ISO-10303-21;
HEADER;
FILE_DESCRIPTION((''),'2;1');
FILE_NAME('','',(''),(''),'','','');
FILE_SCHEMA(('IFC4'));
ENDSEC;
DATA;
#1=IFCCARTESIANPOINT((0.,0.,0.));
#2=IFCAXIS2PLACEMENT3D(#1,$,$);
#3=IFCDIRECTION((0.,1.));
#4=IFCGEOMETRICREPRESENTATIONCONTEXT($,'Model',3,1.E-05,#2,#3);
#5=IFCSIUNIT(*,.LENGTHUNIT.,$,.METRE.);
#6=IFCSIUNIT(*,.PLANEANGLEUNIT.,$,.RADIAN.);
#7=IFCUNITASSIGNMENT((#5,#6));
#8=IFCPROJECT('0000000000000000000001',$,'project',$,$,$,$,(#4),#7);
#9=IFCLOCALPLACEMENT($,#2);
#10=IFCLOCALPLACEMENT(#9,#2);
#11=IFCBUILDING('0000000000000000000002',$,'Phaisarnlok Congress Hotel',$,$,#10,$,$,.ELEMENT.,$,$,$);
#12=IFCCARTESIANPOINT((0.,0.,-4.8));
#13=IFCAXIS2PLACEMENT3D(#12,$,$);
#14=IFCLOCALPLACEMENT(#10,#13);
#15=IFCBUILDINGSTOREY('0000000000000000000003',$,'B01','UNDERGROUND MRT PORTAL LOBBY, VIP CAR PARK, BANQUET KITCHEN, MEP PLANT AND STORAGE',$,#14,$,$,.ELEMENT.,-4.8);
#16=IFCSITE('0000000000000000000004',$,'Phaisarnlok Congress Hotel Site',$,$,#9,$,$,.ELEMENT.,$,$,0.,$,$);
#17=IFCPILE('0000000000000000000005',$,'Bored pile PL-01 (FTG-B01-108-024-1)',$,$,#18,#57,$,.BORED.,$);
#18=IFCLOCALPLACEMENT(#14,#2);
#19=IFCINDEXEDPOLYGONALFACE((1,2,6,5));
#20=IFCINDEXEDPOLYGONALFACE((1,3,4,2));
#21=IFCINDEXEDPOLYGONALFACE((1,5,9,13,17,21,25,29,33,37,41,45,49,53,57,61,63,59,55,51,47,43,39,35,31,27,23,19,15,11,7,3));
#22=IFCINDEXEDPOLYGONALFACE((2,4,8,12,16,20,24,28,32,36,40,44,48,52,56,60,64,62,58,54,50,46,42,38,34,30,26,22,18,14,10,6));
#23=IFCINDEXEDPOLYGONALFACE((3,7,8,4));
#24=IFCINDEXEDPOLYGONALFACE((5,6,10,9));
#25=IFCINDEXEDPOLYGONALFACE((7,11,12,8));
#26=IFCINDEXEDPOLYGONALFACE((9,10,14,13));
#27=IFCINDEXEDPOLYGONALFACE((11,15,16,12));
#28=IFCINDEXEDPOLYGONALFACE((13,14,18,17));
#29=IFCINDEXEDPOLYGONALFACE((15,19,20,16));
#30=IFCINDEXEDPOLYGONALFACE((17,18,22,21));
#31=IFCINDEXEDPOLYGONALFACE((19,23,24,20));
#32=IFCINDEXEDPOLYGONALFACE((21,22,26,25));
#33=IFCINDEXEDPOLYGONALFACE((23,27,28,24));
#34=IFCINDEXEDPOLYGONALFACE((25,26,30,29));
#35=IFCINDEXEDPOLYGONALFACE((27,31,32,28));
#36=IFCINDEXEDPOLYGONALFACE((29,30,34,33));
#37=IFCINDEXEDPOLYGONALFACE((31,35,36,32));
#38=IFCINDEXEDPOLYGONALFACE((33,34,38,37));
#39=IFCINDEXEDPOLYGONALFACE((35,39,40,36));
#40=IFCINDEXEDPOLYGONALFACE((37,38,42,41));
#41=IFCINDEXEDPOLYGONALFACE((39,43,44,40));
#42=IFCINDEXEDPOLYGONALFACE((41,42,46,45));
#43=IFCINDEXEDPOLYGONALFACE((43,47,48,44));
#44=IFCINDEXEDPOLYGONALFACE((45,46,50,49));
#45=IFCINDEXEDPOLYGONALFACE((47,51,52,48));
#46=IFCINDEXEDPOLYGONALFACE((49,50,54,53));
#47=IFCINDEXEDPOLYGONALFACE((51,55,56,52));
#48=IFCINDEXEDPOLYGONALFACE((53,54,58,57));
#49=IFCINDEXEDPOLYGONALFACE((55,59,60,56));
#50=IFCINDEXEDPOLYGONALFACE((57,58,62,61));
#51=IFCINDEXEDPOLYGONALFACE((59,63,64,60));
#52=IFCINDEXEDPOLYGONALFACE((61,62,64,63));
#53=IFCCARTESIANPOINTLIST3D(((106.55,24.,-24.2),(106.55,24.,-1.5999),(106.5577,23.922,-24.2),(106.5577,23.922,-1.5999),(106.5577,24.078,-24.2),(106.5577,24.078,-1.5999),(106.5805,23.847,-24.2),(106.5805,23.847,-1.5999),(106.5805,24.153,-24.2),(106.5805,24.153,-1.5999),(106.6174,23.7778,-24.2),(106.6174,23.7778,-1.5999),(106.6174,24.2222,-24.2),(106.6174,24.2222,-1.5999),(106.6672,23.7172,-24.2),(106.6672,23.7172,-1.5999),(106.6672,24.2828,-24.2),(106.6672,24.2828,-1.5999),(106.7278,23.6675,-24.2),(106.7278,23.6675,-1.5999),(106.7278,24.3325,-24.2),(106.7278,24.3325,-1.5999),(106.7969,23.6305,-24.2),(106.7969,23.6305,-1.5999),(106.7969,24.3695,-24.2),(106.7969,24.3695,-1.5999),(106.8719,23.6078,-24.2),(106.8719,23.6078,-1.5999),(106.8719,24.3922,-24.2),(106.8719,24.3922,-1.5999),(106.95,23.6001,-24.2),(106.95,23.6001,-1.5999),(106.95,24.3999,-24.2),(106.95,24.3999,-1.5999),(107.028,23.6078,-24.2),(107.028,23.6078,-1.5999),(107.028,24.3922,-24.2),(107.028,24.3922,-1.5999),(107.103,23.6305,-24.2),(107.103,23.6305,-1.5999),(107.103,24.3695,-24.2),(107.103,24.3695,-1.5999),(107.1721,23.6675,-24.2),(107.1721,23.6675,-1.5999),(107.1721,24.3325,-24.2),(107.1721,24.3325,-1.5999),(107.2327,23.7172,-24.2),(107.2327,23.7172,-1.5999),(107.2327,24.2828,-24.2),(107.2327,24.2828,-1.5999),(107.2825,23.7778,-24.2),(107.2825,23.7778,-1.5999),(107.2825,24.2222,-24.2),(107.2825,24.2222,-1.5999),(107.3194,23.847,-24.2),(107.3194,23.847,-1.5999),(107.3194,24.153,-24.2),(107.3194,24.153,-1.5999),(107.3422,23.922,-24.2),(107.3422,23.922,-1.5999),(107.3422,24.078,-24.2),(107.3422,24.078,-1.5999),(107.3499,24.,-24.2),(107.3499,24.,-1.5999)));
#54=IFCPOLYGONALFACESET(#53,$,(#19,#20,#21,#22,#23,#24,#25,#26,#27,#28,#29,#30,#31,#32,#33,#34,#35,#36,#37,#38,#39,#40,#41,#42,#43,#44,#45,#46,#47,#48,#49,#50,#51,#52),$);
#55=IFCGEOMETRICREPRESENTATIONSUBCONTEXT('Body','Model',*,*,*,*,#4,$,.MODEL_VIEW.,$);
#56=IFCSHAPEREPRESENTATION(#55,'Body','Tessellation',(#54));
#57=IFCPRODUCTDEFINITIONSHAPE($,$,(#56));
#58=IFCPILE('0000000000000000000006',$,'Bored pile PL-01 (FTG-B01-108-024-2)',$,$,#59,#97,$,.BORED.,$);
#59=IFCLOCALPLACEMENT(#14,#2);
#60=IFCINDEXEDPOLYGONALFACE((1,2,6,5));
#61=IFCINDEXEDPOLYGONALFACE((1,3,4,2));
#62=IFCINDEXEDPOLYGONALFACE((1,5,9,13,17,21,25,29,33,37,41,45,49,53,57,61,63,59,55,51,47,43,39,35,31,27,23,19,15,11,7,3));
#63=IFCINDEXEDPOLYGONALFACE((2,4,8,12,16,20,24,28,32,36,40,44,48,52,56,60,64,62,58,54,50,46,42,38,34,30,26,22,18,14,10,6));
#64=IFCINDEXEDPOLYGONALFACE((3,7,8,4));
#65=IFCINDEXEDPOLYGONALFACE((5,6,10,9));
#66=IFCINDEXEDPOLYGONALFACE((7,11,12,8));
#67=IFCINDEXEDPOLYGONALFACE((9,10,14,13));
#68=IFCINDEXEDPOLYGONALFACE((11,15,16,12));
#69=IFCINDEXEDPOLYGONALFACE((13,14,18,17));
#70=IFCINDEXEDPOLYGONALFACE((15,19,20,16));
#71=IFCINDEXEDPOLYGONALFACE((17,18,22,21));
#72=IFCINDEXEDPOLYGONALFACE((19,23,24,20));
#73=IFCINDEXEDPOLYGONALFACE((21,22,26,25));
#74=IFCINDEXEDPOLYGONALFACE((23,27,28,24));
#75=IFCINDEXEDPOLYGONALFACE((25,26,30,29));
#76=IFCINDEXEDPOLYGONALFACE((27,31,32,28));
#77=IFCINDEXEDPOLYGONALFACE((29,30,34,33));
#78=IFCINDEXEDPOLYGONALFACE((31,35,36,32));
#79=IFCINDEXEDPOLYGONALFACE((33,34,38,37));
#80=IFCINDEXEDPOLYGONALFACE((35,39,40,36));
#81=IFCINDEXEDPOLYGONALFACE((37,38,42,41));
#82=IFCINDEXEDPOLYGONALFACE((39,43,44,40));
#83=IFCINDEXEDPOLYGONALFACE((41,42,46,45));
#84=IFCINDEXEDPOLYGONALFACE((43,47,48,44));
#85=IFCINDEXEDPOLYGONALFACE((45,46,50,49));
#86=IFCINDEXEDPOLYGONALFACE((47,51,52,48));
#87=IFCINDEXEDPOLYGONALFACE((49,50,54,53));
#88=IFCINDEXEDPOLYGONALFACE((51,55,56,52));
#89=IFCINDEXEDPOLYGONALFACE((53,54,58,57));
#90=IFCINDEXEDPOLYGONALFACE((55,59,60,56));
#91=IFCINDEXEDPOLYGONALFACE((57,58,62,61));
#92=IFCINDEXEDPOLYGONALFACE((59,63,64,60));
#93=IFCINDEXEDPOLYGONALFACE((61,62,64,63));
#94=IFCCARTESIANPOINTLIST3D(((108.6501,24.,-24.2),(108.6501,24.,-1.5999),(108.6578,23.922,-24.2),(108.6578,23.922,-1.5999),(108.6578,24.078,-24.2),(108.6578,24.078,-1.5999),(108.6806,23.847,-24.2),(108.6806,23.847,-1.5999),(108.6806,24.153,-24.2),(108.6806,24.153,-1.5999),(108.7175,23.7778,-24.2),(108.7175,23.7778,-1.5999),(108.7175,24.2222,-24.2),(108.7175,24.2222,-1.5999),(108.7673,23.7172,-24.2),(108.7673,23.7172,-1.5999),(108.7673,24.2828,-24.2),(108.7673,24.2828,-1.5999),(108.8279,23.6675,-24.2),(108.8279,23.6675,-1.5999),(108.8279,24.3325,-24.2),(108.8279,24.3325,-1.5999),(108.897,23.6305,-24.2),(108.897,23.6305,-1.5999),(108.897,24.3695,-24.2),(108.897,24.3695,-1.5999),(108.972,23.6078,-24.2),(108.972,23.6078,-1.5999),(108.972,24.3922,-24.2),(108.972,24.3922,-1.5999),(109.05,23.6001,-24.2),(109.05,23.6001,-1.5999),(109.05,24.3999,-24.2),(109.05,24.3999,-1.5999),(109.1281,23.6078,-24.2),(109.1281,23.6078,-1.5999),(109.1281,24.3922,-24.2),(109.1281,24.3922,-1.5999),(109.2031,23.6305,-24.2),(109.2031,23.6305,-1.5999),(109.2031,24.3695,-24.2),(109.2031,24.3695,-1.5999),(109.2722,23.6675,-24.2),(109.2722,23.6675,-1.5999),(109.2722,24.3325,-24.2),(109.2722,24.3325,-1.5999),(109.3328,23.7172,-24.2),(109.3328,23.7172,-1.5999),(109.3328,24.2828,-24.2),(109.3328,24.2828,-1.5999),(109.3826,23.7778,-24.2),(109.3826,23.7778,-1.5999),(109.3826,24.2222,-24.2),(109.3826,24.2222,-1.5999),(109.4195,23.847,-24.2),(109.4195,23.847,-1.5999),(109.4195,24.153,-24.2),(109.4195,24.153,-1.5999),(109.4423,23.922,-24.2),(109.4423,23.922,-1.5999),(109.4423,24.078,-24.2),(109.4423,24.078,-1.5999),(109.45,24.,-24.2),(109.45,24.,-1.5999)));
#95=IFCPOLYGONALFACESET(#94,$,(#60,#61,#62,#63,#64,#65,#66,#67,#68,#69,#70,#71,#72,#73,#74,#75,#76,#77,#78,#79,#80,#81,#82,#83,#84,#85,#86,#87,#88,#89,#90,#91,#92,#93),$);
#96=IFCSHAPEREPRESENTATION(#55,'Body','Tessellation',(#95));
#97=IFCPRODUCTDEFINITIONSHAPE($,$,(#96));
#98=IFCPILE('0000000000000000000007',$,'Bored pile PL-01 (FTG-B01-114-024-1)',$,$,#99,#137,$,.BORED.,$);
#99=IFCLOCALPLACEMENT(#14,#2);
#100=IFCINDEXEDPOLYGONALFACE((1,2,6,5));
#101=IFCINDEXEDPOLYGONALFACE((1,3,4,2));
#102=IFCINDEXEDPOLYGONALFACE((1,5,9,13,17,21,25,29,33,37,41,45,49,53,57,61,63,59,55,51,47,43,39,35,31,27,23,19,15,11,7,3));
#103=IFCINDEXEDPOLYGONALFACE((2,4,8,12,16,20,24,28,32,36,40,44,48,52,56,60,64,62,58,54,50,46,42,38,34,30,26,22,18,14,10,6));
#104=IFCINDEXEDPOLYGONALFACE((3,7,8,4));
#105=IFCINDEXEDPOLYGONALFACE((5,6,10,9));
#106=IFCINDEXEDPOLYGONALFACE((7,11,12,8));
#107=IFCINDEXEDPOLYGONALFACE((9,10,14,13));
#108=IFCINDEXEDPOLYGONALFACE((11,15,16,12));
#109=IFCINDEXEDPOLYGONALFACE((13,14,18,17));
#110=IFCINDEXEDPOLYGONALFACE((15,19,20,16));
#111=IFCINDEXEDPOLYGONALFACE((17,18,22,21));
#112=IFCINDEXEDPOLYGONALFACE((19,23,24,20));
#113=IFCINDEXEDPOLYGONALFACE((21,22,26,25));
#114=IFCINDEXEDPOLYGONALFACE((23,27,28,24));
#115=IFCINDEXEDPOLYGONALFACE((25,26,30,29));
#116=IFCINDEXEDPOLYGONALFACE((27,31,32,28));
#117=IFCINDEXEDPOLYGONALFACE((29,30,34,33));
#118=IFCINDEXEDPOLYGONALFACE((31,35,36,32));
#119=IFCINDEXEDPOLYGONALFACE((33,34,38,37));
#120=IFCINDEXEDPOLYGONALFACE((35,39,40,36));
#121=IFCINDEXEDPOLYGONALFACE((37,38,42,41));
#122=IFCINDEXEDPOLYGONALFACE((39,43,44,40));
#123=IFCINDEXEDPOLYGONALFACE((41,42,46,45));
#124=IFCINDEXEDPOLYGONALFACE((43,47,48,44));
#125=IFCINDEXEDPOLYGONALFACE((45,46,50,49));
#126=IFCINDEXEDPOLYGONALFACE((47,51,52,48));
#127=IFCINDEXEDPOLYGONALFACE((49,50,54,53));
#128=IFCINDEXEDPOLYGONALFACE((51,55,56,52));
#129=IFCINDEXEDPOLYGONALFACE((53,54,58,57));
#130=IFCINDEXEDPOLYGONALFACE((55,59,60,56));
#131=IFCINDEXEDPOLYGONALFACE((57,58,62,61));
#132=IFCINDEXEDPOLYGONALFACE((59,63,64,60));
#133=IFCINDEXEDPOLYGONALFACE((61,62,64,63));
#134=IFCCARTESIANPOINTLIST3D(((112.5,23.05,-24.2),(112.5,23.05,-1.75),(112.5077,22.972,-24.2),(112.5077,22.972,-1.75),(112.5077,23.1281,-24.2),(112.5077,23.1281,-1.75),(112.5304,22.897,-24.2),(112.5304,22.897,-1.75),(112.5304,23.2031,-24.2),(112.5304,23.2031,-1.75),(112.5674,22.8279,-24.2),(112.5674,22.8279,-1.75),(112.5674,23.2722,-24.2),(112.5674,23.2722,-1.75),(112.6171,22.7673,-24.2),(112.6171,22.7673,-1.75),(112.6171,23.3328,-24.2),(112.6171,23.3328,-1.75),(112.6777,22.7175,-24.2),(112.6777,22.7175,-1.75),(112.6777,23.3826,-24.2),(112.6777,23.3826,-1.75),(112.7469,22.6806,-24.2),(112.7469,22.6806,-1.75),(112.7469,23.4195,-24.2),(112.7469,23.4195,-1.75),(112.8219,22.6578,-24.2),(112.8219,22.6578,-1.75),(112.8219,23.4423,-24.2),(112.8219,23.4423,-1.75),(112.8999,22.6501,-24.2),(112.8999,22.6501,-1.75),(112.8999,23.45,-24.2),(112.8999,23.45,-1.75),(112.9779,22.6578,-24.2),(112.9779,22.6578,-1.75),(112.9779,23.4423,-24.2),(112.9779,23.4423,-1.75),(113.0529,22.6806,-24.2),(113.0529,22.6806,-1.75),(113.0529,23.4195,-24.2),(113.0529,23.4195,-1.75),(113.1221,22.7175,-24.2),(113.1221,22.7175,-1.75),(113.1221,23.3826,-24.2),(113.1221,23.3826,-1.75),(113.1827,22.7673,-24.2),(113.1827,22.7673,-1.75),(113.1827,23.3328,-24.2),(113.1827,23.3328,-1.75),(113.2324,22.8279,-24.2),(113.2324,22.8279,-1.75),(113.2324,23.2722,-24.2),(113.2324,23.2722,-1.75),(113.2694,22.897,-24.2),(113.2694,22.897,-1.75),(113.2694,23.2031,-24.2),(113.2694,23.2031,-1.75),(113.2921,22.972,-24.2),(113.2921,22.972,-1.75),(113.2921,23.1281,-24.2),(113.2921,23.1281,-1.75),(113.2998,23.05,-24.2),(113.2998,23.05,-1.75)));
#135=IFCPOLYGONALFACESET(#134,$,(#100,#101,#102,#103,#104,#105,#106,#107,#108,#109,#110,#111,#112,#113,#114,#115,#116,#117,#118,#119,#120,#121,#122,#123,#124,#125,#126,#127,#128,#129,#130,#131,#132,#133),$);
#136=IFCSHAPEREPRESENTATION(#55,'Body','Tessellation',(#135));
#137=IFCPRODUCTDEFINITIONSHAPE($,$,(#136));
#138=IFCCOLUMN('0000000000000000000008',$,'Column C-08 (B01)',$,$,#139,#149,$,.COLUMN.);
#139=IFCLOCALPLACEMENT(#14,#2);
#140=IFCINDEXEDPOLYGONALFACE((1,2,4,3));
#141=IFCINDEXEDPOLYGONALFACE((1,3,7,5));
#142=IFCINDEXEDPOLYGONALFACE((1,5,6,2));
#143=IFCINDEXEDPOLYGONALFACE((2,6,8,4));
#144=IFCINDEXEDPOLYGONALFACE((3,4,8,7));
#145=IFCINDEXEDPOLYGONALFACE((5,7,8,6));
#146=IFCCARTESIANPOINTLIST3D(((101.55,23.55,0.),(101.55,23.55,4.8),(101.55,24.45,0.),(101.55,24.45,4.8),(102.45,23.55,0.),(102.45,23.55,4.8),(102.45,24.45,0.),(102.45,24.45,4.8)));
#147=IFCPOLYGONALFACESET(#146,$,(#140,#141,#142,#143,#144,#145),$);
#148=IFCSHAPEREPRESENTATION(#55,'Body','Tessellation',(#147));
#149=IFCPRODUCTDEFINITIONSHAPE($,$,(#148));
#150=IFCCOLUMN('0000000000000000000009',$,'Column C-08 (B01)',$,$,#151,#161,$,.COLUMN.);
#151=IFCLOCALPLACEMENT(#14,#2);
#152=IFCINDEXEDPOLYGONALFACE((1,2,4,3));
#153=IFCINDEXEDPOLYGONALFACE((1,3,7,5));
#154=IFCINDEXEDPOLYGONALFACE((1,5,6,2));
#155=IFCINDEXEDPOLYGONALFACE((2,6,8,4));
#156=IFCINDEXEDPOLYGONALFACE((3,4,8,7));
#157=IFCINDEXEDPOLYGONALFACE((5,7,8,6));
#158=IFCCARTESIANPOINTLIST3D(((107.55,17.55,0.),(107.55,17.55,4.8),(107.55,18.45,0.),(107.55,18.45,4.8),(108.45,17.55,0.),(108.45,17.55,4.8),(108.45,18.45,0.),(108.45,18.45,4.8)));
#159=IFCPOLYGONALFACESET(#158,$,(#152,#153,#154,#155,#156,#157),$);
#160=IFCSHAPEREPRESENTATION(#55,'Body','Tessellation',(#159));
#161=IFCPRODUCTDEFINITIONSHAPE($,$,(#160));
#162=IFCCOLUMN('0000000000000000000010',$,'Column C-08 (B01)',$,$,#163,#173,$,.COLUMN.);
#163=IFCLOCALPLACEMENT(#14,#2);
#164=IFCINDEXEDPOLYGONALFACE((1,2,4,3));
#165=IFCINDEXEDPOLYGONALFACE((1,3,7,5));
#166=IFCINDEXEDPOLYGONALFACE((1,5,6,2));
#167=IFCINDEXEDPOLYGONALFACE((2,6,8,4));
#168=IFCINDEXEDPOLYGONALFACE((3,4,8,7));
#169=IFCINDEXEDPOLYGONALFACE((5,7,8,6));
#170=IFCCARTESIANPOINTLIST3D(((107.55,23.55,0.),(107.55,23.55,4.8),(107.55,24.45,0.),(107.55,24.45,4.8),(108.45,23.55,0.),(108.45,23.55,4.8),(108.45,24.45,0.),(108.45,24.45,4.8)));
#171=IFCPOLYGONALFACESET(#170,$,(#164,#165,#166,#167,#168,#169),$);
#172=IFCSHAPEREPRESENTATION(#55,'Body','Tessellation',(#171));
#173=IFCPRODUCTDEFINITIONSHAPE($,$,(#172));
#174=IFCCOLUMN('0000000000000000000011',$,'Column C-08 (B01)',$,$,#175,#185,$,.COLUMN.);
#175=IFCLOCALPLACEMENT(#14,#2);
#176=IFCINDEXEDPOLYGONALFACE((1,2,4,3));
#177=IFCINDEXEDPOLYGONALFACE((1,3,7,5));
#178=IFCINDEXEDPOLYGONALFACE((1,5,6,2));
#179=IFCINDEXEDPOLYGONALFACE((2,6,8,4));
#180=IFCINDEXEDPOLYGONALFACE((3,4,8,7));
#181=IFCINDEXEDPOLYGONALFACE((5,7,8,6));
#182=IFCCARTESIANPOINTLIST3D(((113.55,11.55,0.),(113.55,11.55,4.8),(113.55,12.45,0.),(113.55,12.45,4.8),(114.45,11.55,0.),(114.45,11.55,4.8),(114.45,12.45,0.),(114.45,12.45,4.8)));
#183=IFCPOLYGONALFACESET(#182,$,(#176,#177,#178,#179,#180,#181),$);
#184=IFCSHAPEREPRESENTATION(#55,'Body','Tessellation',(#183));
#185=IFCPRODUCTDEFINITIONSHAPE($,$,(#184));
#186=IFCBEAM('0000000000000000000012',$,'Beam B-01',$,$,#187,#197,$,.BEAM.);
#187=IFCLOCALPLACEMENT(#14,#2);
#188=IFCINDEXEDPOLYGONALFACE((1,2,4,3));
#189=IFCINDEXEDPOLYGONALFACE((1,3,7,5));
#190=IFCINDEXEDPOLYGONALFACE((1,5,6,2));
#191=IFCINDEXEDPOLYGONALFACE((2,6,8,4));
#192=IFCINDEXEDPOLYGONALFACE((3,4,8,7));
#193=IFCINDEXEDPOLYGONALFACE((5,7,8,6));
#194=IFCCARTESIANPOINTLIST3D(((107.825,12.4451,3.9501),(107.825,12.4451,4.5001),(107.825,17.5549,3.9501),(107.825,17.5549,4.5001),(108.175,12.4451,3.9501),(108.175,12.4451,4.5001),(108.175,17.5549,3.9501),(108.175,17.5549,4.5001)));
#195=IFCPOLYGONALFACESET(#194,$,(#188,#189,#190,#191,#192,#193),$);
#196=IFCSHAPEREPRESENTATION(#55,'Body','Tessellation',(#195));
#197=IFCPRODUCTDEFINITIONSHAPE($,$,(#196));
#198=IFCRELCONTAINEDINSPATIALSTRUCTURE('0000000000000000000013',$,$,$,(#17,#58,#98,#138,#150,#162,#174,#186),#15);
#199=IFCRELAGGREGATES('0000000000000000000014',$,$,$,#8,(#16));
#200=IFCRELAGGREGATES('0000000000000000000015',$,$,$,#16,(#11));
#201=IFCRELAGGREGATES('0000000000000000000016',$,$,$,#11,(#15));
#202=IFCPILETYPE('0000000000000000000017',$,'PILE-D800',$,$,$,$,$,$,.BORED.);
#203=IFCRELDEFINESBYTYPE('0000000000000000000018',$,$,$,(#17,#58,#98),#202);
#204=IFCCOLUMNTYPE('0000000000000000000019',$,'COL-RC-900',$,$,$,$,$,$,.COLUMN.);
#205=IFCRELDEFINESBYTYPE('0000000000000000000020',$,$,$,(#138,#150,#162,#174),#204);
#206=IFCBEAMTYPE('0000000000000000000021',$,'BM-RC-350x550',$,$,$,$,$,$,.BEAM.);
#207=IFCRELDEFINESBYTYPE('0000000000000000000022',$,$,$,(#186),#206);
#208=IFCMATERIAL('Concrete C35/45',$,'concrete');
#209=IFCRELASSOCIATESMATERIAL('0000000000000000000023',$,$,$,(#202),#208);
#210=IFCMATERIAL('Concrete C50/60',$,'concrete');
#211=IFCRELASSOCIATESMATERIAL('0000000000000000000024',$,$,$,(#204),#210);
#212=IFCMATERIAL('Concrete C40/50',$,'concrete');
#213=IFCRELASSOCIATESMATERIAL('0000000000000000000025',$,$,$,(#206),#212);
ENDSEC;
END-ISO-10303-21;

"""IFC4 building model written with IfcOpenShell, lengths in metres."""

from ifc_helpers import new_model, si_unit, direction, frame, origin, origin_2d, place, context, subcontext, project, spatial, rectangle, circle, extrude, material, material_profile, profile_set, type_object, element, save


model = new_model("IFC4")

# Units and contexts
model_context = context("Model", 3, precision=1e-05, world=origin(), true_north=direction((0.0, 1.0)))
body_context = subcontext(model_context, "Body", "Model", "MODEL_VIEW")
ifc_project = project(units=[si_unit("LENGTHUNIT", "METRE"), si_unit("PLANEANGLEUNIT", "RADIAN")], contexts=[model_context])

# Site, building, storey
site_placement = place(None, origin())
site = spatial("IfcSite", under=ifc_project, at=site_placement, Name="Phaisarnlok Congress Hotel Site", CompositionType="ELEMENT", RefElevation=0.0)
building_placement = place(site_placement, origin())
building = spatial("IfcBuilding", under=site, at=building_placement, Name="Phaisarnlok Congress Hotel", CompositionType="ELEMENT")
storey_placement = place(building_placement, frame((0.0, 0.0, -4.8)))
storey = spatial("IfcBuildingStorey", under=building, at=storey_placement, Name="B01", Description="UNDERGROUND MRT PORTAL LOBBY, VIP CAR PARK, BANQUET KITCHEN, MEP PLANT AND STORAGE", CompositionType="ELEMENT", Elevation=-4.8)

# Shared definitions
ifc_material_1 = material(Name="Concrete C40/50", Category="concrete")

# Piles
ifc_material_2 = material(Name="Concrete C35/45", Category="concrete")
ifc_material_profile_1 = material_profile(ifc_material_2, circle(Radius=0.3999, at=origin_2d()), Name="BORED PILE D800")
ifc_profile_set_1 = profile_set([ifc_material_profile_1], Name="Concrete C35/45")
pile_type_1 = type_object("IfcPileType", Name="PILE-D800", PredefinedType="BORED", material=ifc_profile_set_1)
for number, where, z_axis, x_axis, name in (
    (1, (106.95, 24.0, -1.5999), (0.0, 0.0, -1.0), (1.0, 0.0, 0.0), "Bored pile PL-01 (FTG-B01-108-024-1)"),
    (2, (109.05, 24.0, -1.5999), (0.0, 0.0, -1.0), (1.0, 0.0, 0.0), "Bored pile PL-01 (FTG-B01-108-024-2)"),
):
    element("IfcPile", number, at=place(storey_placement, frame(where, z_axis=z_axis, x_axis=x_axis)), inside=storey, type_object=pile_type_1, Name=name, PredefinedType="BORED", context=body_context, shape_type="SweptSolid", body=[
        extrude(circle(Radius=0.3999, at=origin_2d()), origin(), (0.0, 0.0, 1.0), 22.6001),
    ])
pile_1_placement = place(storey_placement, frame((112.8999, 23.05, -1.75), z_axis=(0.0, 0.0, -1.0), x_axis=(1.0, 0.0, 0.0)))
element("IfcPile", 3, at=pile_1_placement, inside=storey, type_object=pile_type_1, Name="Bored pile PL-01 (FTG-B01-114-024-1)", PredefinedType="BORED", context=body_context, shape_type="SweptSolid", body=[
    extrude(circle(Radius=0.3999, at=origin_2d()), origin(), (0.0, 0.0, 1.0), 22.45),
])

# Columns
ifc_material_3 = material(Name="Concrete C50/60", Category="concrete")
ifc_material_profile_2 = material_profile(ifc_material_3, rectangle(XDim=0.8999, YDim=0.8999, at=origin_2d()), Name="RC 900x900")
ifc_profile_set_2 = profile_set([ifc_material_profile_2], Name="Concrete C50/60")
column_type = type_object("IfcColumnType", Name="COL-RC-900", PredefinedType="COLUMN", material=ifc_profile_set_2)
for number, where, z_axis, x_axis, name in (
    (4, (102.0, 24.0, 0.0), (0.0, 0.0, 1.0), (1.0, 0.0, 0.0), "Column C-08 (B01)"),
    (5, (108.0, 18.0, 0.0), (0.0, 0.0, 1.0), (1.0, 0.0, 0.0), "Column C-08 (B01)"),
    (6, (108.0, 24.0, 0.0), (0.0, 0.0, 1.0), (1.0, 0.0, 0.0), "Column C-08 (B01)"),
    (7, (114.0, 12.0, 0.0), (0.0, 0.0, 1.0), (1.0, 0.0, 0.0), "Column C-08 (B01)"),
):
    element("IfcColumn", number, at=place(storey_placement, frame(where, z_axis=z_axis, x_axis=x_axis)), inside=storey, type_object=column_type, Name=name, PredefinedType="COLUMN", context=body_context, shape_type="SweptSolid", body=[
        extrude(rectangle(XDim=0.8999, YDim=0.8999, at=origin_2d()), origin(), (0.0, 0.0, 1.0), 4.8),
    ])

# Beam
ifc_material_profile_3 = material_profile(ifc_material_1, rectangle(XDim=0.3501, YDim=0.55, at=origin_2d()), Name="RC 350x550")
ifc_profile_set_3 = profile_set([ifc_material_profile_3], Name="Concrete C40/50")
beam_type_1 = type_object("IfcBeamType", Name="BM-RC-350x550", PredefinedType="BEAM", material=ifc_profile_set_3)
beam_1_placement = place(storey_placement, frame((108.0, 12.4451, 4.2251), z_axis=(0.0, 1.0, 0.0), x_axis=(-1.0, 0.0, 0.0)))
element("IfcBeam", 8, at=beam_1_placement, inside=storey, type_object=beam_type_1, Name="Beam B-01", PredefinedType="BEAM", context=body_context, shape_type="SweptSolid", body=[
    extrude(rectangle(XDim=0.3501, YDim=0.55, at=origin_2d()), origin(), (0.0, 0.0, 1.0), 5.1099),
])

save(model, "model.ifc")
